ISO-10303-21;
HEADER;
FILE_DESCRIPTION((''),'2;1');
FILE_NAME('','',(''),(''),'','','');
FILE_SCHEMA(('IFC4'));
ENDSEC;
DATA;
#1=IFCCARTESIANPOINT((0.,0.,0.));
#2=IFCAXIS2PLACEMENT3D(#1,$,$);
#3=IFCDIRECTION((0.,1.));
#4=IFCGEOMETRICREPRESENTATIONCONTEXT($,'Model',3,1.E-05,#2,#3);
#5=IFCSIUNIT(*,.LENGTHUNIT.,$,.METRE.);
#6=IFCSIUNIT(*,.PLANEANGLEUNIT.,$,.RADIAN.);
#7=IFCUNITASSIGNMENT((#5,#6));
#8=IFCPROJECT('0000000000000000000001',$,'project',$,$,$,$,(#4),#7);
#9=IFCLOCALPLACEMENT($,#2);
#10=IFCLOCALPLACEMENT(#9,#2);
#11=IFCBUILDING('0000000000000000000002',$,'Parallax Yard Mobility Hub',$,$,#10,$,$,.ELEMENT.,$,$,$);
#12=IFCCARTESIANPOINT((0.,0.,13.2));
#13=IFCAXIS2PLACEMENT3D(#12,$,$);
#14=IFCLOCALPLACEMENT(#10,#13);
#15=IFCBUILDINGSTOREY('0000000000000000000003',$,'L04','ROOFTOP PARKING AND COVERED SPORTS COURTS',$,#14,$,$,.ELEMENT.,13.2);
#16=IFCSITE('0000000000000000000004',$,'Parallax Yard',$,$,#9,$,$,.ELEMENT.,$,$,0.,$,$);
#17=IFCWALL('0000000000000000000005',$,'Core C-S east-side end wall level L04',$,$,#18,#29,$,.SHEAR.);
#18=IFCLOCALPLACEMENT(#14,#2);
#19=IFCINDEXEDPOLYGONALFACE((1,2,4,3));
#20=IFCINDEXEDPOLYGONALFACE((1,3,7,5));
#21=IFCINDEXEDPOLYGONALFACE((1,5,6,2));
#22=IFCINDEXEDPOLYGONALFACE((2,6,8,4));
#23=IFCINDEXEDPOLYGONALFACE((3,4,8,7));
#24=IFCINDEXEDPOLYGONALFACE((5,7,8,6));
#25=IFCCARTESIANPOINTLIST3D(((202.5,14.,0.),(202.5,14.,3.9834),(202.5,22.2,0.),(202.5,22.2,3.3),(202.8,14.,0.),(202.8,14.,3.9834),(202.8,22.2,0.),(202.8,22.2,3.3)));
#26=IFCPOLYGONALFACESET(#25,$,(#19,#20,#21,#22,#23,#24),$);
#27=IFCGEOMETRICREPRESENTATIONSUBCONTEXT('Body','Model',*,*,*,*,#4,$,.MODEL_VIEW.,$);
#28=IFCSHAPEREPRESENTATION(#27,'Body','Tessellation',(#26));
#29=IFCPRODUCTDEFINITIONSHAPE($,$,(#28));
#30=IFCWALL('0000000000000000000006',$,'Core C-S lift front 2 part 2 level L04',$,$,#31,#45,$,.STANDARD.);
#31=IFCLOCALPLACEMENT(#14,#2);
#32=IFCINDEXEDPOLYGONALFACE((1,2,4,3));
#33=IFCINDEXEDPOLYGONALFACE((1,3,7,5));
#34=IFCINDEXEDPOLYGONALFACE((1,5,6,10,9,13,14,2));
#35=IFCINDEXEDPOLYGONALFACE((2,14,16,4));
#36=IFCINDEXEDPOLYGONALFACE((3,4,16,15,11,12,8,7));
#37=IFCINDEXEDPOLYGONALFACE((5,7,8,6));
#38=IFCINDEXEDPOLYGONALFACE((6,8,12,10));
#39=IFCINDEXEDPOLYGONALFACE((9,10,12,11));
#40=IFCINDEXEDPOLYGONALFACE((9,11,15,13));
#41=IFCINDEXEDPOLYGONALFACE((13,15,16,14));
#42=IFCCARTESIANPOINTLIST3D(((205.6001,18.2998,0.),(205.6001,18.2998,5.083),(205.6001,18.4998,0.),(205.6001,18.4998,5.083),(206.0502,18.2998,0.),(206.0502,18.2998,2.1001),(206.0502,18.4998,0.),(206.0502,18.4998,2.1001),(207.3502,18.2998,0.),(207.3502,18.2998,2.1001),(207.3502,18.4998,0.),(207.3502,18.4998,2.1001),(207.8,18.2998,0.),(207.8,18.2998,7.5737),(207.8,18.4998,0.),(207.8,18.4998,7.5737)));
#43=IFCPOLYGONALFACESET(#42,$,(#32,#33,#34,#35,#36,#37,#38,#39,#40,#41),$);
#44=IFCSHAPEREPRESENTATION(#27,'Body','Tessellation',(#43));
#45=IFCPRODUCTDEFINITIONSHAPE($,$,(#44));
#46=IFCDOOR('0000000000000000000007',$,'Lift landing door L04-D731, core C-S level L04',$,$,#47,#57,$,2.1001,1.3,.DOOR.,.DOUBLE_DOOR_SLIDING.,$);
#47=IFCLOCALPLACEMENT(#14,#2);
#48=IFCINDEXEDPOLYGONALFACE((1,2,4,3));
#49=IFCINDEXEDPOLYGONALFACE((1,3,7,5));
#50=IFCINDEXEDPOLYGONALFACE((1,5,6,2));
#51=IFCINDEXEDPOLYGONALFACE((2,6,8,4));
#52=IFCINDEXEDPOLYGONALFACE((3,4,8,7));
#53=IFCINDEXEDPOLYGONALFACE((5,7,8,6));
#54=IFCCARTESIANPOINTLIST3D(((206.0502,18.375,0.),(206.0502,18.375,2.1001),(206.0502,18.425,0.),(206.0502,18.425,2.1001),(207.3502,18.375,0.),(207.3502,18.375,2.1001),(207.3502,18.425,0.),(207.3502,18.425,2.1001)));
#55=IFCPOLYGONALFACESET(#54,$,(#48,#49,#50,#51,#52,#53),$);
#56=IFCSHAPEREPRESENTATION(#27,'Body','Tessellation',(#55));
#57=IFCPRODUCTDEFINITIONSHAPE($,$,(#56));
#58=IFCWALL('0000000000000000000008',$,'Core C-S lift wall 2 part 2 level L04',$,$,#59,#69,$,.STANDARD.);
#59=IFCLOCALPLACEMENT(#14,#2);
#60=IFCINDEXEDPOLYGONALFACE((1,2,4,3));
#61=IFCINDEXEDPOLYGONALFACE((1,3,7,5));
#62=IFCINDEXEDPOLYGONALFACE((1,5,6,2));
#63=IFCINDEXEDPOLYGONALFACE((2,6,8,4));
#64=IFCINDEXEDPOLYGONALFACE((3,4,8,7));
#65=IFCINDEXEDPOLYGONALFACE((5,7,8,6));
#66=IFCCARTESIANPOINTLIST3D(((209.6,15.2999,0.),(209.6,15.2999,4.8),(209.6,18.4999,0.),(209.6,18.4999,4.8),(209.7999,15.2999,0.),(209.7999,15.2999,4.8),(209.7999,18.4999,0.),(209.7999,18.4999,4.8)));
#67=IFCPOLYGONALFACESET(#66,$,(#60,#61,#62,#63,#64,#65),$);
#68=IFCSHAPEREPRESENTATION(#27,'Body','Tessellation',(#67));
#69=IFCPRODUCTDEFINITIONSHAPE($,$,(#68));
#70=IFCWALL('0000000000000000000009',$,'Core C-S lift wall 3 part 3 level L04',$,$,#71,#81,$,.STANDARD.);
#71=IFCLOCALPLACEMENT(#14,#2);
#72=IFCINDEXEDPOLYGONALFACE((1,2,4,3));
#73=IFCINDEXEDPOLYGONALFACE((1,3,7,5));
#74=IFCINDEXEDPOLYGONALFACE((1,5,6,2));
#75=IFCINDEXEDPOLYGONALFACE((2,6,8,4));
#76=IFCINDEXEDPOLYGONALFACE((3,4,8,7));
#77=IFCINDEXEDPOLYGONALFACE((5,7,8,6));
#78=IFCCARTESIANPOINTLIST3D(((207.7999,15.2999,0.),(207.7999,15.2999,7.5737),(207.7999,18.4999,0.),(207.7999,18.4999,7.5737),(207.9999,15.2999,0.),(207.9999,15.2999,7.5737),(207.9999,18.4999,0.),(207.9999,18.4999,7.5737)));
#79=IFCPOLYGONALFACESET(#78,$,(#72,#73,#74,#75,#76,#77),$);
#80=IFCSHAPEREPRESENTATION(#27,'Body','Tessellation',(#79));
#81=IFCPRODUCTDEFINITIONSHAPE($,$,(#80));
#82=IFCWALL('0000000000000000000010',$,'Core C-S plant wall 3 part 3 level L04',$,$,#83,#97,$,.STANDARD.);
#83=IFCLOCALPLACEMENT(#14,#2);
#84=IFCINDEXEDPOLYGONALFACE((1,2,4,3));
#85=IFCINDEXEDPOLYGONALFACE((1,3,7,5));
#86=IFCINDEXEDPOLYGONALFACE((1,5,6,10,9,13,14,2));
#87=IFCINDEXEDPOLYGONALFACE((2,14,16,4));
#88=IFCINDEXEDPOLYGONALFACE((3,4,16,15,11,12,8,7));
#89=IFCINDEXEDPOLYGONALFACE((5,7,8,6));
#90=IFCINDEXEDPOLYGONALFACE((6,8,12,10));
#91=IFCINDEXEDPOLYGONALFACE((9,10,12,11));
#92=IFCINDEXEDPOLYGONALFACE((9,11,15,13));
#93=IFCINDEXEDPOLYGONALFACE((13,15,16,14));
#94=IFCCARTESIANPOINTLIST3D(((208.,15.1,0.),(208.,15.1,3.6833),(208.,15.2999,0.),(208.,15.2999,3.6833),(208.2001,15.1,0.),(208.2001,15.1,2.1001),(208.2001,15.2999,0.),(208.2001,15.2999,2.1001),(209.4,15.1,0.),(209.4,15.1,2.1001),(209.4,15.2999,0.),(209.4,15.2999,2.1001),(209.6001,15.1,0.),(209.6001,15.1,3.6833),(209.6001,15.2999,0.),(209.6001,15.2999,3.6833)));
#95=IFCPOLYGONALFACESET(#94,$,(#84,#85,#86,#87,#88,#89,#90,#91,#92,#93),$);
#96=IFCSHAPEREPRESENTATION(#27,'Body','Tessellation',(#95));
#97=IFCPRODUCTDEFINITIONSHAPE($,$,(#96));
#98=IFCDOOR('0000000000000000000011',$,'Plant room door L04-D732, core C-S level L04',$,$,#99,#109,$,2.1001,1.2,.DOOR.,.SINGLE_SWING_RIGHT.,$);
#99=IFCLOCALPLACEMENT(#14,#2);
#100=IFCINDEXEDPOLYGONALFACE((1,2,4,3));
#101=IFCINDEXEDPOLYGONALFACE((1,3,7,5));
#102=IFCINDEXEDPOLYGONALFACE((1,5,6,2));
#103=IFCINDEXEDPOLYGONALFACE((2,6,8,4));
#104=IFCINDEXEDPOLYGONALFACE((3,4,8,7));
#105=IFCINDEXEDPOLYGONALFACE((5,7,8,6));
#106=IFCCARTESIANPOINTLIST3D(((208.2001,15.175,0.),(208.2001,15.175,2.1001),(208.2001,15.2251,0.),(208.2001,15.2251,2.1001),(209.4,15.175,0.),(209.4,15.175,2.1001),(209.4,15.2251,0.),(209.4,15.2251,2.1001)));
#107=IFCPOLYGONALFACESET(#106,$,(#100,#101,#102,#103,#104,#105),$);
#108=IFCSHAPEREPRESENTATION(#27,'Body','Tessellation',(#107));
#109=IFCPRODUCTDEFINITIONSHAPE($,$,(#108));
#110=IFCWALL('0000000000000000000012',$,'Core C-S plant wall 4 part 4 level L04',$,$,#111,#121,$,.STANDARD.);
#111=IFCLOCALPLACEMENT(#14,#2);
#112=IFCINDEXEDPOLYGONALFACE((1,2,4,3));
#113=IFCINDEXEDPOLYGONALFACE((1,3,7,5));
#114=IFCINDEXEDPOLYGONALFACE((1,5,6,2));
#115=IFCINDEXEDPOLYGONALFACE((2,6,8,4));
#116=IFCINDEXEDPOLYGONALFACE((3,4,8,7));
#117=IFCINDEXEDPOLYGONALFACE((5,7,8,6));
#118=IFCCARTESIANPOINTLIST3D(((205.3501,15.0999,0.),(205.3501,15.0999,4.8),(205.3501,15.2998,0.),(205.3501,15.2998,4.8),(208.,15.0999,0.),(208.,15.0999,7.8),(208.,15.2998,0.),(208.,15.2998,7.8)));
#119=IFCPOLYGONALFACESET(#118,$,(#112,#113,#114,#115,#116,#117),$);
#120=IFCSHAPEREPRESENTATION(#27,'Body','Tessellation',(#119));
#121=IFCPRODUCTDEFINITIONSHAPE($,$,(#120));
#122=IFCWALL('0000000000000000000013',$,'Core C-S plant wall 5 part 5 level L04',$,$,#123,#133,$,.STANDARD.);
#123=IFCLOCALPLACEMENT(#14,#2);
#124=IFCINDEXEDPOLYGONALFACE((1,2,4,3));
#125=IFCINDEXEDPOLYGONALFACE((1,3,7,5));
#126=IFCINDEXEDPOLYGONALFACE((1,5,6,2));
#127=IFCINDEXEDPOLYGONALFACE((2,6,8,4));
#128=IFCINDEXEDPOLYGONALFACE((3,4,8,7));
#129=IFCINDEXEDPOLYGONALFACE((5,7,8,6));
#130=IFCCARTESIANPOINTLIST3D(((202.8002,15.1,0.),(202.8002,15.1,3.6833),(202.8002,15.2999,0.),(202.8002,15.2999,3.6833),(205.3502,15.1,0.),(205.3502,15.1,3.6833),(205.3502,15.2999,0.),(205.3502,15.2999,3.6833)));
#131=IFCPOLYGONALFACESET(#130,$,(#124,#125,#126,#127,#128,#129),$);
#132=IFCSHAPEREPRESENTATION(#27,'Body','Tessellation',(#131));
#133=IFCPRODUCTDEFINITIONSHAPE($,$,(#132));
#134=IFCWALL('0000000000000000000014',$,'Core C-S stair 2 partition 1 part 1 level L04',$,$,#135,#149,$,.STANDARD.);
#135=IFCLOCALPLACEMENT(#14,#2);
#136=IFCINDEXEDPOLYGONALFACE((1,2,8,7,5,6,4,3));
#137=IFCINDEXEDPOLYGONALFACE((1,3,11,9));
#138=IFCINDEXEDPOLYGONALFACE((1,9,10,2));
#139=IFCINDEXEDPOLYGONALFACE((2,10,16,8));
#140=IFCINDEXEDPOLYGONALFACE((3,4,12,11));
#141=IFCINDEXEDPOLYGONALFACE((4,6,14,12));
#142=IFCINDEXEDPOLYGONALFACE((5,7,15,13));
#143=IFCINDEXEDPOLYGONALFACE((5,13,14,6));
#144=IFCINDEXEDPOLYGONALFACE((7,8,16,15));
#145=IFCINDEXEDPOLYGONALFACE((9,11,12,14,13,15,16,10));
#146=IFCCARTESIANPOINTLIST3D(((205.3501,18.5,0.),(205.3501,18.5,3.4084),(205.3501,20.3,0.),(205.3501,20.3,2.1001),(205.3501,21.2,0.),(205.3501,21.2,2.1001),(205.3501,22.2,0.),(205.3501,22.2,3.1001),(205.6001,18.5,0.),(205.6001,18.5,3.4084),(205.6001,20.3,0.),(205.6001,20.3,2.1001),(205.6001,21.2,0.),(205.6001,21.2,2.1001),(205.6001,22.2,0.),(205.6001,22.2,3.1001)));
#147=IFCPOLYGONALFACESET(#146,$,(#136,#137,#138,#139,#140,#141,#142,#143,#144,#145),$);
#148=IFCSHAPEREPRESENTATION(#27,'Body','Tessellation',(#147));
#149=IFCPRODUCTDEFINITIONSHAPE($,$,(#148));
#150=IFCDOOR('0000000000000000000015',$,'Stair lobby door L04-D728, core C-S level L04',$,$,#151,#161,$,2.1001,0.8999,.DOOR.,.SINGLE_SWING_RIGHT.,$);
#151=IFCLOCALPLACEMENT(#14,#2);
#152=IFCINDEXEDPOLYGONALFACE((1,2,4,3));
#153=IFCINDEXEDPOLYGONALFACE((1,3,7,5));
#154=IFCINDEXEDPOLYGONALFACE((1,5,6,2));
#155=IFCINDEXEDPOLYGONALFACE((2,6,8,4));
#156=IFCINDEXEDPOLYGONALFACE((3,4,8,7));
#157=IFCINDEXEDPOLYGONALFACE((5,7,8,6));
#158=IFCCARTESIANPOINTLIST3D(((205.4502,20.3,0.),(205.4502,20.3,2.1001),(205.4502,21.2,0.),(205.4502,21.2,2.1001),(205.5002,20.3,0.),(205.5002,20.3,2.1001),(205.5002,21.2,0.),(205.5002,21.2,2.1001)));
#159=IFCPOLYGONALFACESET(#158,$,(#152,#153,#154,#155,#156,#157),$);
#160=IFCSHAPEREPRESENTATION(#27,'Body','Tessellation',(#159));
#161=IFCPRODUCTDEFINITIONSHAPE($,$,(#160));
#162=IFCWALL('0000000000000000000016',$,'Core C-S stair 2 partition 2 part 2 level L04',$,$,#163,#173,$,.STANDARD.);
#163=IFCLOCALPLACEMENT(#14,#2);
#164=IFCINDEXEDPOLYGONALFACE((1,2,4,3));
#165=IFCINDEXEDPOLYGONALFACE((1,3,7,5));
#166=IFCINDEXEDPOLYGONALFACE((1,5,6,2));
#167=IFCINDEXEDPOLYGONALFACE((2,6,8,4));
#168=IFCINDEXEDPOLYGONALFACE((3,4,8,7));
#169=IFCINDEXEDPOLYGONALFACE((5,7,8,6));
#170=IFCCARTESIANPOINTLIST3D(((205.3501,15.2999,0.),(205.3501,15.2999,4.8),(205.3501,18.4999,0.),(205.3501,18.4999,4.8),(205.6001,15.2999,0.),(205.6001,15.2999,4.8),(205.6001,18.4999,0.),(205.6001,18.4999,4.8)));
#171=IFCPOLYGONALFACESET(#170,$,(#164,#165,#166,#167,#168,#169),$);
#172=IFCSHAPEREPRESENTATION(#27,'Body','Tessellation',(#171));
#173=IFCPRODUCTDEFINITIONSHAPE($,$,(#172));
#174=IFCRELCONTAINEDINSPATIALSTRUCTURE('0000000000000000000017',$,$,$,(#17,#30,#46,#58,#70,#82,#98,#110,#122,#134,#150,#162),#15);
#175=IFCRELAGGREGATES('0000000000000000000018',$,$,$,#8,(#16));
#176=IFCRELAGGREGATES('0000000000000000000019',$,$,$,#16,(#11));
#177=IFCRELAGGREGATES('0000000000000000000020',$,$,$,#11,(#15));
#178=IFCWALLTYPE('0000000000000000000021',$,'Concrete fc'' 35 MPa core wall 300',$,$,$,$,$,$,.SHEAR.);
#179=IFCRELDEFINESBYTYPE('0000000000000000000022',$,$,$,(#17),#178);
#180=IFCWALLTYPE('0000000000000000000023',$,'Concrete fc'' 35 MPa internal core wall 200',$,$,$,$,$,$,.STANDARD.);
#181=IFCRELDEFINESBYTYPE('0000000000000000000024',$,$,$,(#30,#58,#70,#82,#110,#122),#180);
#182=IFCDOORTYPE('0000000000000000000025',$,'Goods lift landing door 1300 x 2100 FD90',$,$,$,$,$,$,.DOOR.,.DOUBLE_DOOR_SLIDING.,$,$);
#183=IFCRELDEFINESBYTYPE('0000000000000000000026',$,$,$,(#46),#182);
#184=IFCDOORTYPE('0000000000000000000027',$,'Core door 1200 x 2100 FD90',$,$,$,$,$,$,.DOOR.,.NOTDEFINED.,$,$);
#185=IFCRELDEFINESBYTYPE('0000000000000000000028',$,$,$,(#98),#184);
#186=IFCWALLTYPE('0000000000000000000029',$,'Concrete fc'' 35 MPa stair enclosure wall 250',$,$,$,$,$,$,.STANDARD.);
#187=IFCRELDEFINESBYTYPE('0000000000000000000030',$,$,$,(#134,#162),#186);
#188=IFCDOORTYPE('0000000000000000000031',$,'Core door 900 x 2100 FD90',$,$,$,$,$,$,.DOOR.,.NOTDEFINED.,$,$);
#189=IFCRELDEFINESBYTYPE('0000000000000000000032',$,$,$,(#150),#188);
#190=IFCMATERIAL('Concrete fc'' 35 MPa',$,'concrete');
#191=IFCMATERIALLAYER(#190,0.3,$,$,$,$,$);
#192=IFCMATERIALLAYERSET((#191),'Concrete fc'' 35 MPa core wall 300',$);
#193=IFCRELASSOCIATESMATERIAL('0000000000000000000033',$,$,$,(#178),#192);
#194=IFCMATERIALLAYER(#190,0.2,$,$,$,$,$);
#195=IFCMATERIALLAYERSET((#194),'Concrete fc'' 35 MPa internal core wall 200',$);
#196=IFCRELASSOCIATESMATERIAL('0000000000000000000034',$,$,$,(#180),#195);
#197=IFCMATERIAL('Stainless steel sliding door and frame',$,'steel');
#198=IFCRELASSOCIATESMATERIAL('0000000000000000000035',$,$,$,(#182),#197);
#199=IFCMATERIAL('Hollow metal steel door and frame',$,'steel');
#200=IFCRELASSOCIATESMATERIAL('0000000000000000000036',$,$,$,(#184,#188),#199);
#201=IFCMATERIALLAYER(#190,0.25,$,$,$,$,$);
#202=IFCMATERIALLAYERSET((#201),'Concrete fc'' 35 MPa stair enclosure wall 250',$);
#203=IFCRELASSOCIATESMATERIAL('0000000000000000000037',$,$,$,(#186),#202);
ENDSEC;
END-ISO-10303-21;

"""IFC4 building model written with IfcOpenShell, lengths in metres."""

from ifc_helpers import new_model, si_unit, direction, frame, frame_2d, origin, place, context, subcontext, project, spatial, polyline, rectangle, outline, extrude, material, layer, layer_set, type_object, element, fill, save


model = new_model("IFC4")

# Units and contexts
model_context = context("Model", 3, precision=1e-05, world=origin(), true_north=direction((0.0, 1.0)))
body_context = subcontext(model_context, "Body", "Model", "MODEL_VIEW")
ifc_project = project(units=[si_unit("LENGTHUNIT", "METRE"), si_unit("PLANEANGLEUNIT", "RADIAN")], contexts=[model_context])

# Site, building, storey
site_placement = place(None, origin())
site = spatial("IfcSite", under=ifc_project, at=site_placement, Name="Parallax Yard", CompositionType="ELEMENT", RefElevation=0.0)
building_placement = place(site_placement, origin())
building = spatial("IfcBuilding", under=site, at=building_placement, Name="Parallax Yard Mobility Hub", CompositionType="ELEMENT")
storey_placement = place(building_placement, frame((0.0, 0.0, 13.2)))
storey = spatial("IfcBuildingStorey", under=building, at=storey_placement, Name="L04", Description="ROOFTOP PARKING AND COVERED SPORTS COURTS", CompositionType="ELEMENT", Elevation=13.2)

# Wall
ifc_material_1 = material(Name="Concrete fc' 35 MPa", Category="concrete")
ifc_layer_1 = layer(ifc_material_1, 0.3)
ifc_layer_set_1 = layer_set([ifc_layer_1], Name="Concrete fc' 35 MPa core wall 300")
wall_type_1 = type_object("IfcWallType", Name="Concrete fc' 35 MPa core wall 300", PredefinedType="SHEAR", material=ifc_layer_set_1)
wall_1_placement = place(storey_placement, frame((202.6499, 14.0, 0.0), z_axis=(0.0, 0.0, 1.0), x_axis=(0.0, 1.0, 0.0)))
element("IfcWall", 1, at=wall_1_placement, inside=storey, type_object=wall_type_1, Name="Core C-S east-side end wall level L04", PredefinedType="SHEAR", context=body_context, shape_type="SweptSolid", body=[
    extrude(outline(polyline([(0.0, 0.0), (8.2, 0.0), (8.2, 3.3), (0.0, 3.9834), (0.0, 0.0)])), frame((0.0, 0.1499, 0.0), z_axis=(0.0, -1.0, 0.0), x_axis=(1.0, 0.0, 0.0)), (0.0, 0.0, 1.0), 0.3),
])

# Wall, opening, door
ifc_layer_2 = layer(ifc_material_1, 0.2)
ifc_layer_set_2 = layer_set([ifc_layer_2], Name="Concrete fc' 35 MPa internal core wall 200")
wall_type_2 = type_object("IfcWallType", Name="Concrete fc' 35 MPa internal core wall 200", PredefinedType="STANDARD", material=ifc_layer_set_2)
wall_2_placement = place(storey_placement, frame((207.8, 18.3999, 0.0), z_axis=(0.0, 0.0, 1.0), x_axis=(-1.0, 0.0, 0.0)))
wall_2 = element("IfcWall", 2, at=wall_2_placement, inside=storey, type_object=wall_type_2, Name="Core C-S lift front 2 part 2 level L04", PredefinedType="STANDARD", context=body_context, shape_type="SweptSolid", body=[
    extrude(outline(polyline([(0.0, 0.0), (2.2, 0.0), (2.2, 5.083), (0.0, 7.5737), (0.0, 0.0)])), frame((0.0, 0.1001, 0.0), z_axis=(0.0, -1.0, 0.0), x_axis=(1.0, 0.0, 0.0)), (0.0, 0.0, 1.0), 0.2),
])
opening_1_placement = place(wall_2_placement, frame((0.45, 0.0, 0.0)))
opening_1 = element("IfcOpeningElement", 3, at=opening_1_placement, cuts=wall_2, PredefinedType="OPENING", context=body_context, shape_type="SweptSolid", body=[
    extrude(rectangle(XDim=1.3, YDim=2.1001, at=frame_2d((0.6499, 1.05))), frame((0.0, 0.1099, 0.0), z_axis=(0.0, -1.0, 0.0), x_axis=(1.0, 0.0, 0.0)), (0.0, 0.0, 1.0), 0.22),
])
ifc_material_2 = material(Name="Stainless steel sliding door and frame", Category="steel")
door_type_1 = type_object("IfcDoorType", Name="Goods lift landing door 1300 x 2100 FD90", OperationType="DOUBLE_DOOR_SLIDING", PredefinedType="DOOR", material=ifc_material_2)
door_1_placement = place(opening_1_placement, origin())
door_1 = element("IfcDoor", 4, at=door_1_placement, inside=storey, type_object=door_type_1, Name="Lift landing door L04-D731, core C-S level L04", OperationType="DOUBLE_DOOR_SLIDING", OverallHeight=2.1001, OverallWidth=1.3, PredefinedType="DOOR", context=body_context, shape_type="SweptSolid", body=[
    extrude(rectangle(XDim=1.3, YDim=2.1001, at=frame_2d((0.6499, 1.05))), frame((0.0, 0.0249, 0.0), z_axis=(0.0, -1.0, 0.0), x_axis=(1.0, 0.0, 0.0)), (0.0, 0.0, 1.0), 0.05),
])
fill(opening_1, door_1)

# Walls
wall_3_placement = place(storey_placement, frame((209.7, 18.5, 0.0), z_axis=(0.0, 0.0, 1.0), x_axis=(0.0, -1.0, 0.0)))
element("IfcWall", 5, at=wall_3_placement, inside=storey, type_object=wall_type_2, Name="Core C-S lift wall 2 part 2 level L04", PredefinedType="STANDARD", context=body_context, shape_type="SweptSolid", body=[
    extrude(rectangle(XDim=3.2, YDim=0.2, at=frame_2d((1.6001, 0.0))), origin(), (0.0, 0.0, 1.0), 4.8),
])
wall_4_placement = place(storey_placement, frame((207.8999, 18.5, 0.0), z_axis=(0.0, 0.0, 1.0), x_axis=(0.0, -1.0, 0.0)))
element("IfcWall", 6, at=wall_4_placement, inside=storey, type_object=wall_type_2, Name="Core C-S lift wall 3 part 3 level L04", PredefinedType="STANDARD", context=body_context, shape_type="SweptSolid", body=[
    extrude(rectangle(XDim=3.2, YDim=0.2, at=frame_2d((1.6001, 0.0))), origin(), (0.0, 0.0, 1.0), 7.5737),
])

# Wall, opening, door
wall_5_placement = place(storey_placement, frame((209.6001, 15.2, 0.0), z_axis=(0.0, 0.0, 1.0), x_axis=(-1.0, 0.0, 0.0)))
wall_5 = element("IfcWall", 7, at=wall_5_placement, inside=storey, type_object=wall_type_2, Name="Core C-S plant wall 3 part 3 level L04", PredefinedType="STANDARD", context=body_context, shape_type="SweptSolid", body=[
    extrude(rectangle(XDim=1.6001, YDim=0.2, at=frame_2d((0.8, 0.0))), origin(), (0.0, 0.0, 1.0), 3.6833),
])
opening_2_placement = place(wall_5_placement, frame((0.2, 0.0, 0.0)))
opening_2 = element("IfcOpeningElement", 8, at=opening_2_placement, cuts=wall_5, PredefinedType="OPENING", context=body_context, shape_type="SweptSolid", body=[
    extrude(rectangle(XDim=1.2, YDim=2.1001, at=frame_2d((0.6001, 1.05))), frame((0.0, 0.1099, 0.0), z_axis=(0.0, -1.0, 0.0), x_axis=(1.0, 0.0, 0.0)), (0.0, 0.0, 1.0), 0.22),
])
ifc_material_3 = material(Name="Hollow metal steel door and frame", Category="steel")
door_type_2 = type_object("IfcDoorType", Name="Core door 1200 x 2100 FD90", OperationType="NOTDEFINED", PredefinedType="DOOR", material=ifc_material_3)
door_2_placement = place(opening_2_placement, origin())
door_2 = element("IfcDoor", 9, at=door_2_placement, inside=storey, type_object=door_type_2, Name="Plant room door L04-D732, core C-S level L04", OperationType="SINGLE_SWING_RIGHT", OverallHeight=2.1001, OverallWidth=1.2, PredefinedType="DOOR", context=body_context, shape_type="SweptSolid", body=[
    extrude(rectangle(XDim=1.2, YDim=2.1001, at=frame_2d((0.6001, 1.05))), frame((0.0, 0.0249, 0.0), z_axis=(0.0, -1.0, 0.0), x_axis=(1.0, 0.0, 0.0)), (0.0, 0.0, 1.0), 0.05),
])
fill(opening_2, door_2)

# Walls
wall_6_placement = place(storey_placement, frame((208.0, 15.2, 0.0), z_axis=(0.0, 0.0, 1.0), x_axis=(-1.0, 0.0, 0.0)))
element("IfcWall", 10, at=wall_6_placement, inside=storey, type_object=wall_type_2, Name="Core C-S plant wall 4 part 4 level L04", PredefinedType="STANDARD", context=body_context, shape_type="SweptSolid", body=[
    extrude(outline(polyline([(0.0, 0.0), (2.6499, 0.0), (2.6499, 4.8), (0.0, 7.8), (0.0, 0.0)])), frame((0.0, 0.1001, 0.0), z_axis=(0.0, -1.0, 0.0), x_axis=(1.0, 0.0, 0.0)), (0.0, 0.0, 1.0), 0.2),
])
wall_7_placement = place(storey_placement, frame((205.3501, 15.2, 0.0), z_axis=(0.0, 0.0, 1.0), x_axis=(-1.0, 0.0, 0.0)))
element("IfcWall", 11, at=wall_7_placement, inside=storey, type_object=wall_type_2, Name="Core C-S plant wall 5 part 5 level L04", PredefinedType="STANDARD", context=body_context, shape_type="SweptSolid", body=[
    extrude(rectangle(XDim=2.55, YDim=0.2, at=frame_2d((1.2749, 0.0))), origin(), (0.0, 0.0, 1.0), 3.6833),
])

# Wall, opening, door
ifc_layer_3 = layer(ifc_material_1, 0.25)
ifc_layer_set_3 = layer_set([ifc_layer_3], Name="Concrete fc' 35 MPa stair enclosure wall 250")
wall_type_3 = type_object("IfcWallType", Name="Concrete fc' 35 MPa stair enclosure wall 250", PredefinedType="STANDARD", material=ifc_layer_set_3)
wall_8_placement = place(storey_placement, frame((205.4751, 18.5, 0.0), z_axis=(0.0, 0.0, 1.0), x_axis=(0.0, 1.0, 0.0)))
wall_8 = element("IfcWall", 12, at=wall_8_placement, inside=storey, type_object=wall_type_3, Name="Core C-S stair 2 partition 1 part 1 level L04", PredefinedType="STANDARD", context=body_context, shape_type="SweptSolid", body=[
    extrude(outline(polyline([(0.0, 0.0), (3.7, 0.0), (3.7, 3.1001), (0.0, 3.4084), (0.0, 0.0)])), frame((0.0, 0.125, 0.0), z_axis=(0.0, -1.0, 0.0), x_axis=(1.0, 0.0, 0.0)), (0.0, 0.0, 1.0), 0.25),
])
opening_3_placement = place(wall_8_placement, frame((1.8, 0.0, 0.0)))
opening_3 = element("IfcOpeningElement", 13, at=opening_3_placement, cuts=wall_8, PredefinedType="OPENING", context=body_context, shape_type="SweptSolid", body=[
    extrude(rectangle(XDim=0.8999, YDim=2.1001, at=frame_2d((0.45, 1.05))), frame((0.0, 0.135, 0.0), z_axis=(0.0, -1.0, 0.0), x_axis=(1.0, 0.0, 0.0)), (0.0, 0.0, 1.0), 0.27),
])
door_type_3 = type_object("IfcDoorType", Name="Core door 900 x 2100 FD90", OperationType="NOTDEFINED", PredefinedType="DOOR", material=ifc_material_3)
door_3_placement = place(opening_3_placement, origin())
door_3 = element("IfcDoor", 14, at=door_3_placement, inside=storey, type_object=door_type_3, Name="Stair lobby door L04-D728, core C-S level L04", OperationType="SINGLE_SWING_RIGHT", OverallHeight=2.1001, OverallWidth=0.8999, PredefinedType="DOOR", context=body_context, shape_type="SweptSolid", body=[
    extrude(rectangle(XDim=0.8999, YDim=2.1001, at=frame_2d((0.45, 1.05))), frame((0.0, 0.0249, 0.0), z_axis=(0.0, -1.0, 0.0), x_axis=(1.0, 0.0, 0.0)), (0.0, 0.0, 1.0), 0.05),
])
fill(opening_3, door_3)

# Wall
wall_9_placement = place(storey_placement, frame((205.4751, 18.5, 0.0), z_axis=(0.0, 0.0, 1.0), x_axis=(0.0, -1.0, 0.0)))
element("IfcWall", 15, at=wall_9_placement, inside=storey, type_object=wall_type_3, Name="Core C-S stair 2 partition 2 part 2 level L04", PredefinedType="STANDARD", context=body_context, shape_type="SweptSolid", body=[
    extrude(rectangle(XDim=3.2, YDim=0.25, at=frame_2d((1.6001, 0.0))), origin(), (0.0, 0.0, 1.0), 4.8),
])

save(model, "model.ifc")
